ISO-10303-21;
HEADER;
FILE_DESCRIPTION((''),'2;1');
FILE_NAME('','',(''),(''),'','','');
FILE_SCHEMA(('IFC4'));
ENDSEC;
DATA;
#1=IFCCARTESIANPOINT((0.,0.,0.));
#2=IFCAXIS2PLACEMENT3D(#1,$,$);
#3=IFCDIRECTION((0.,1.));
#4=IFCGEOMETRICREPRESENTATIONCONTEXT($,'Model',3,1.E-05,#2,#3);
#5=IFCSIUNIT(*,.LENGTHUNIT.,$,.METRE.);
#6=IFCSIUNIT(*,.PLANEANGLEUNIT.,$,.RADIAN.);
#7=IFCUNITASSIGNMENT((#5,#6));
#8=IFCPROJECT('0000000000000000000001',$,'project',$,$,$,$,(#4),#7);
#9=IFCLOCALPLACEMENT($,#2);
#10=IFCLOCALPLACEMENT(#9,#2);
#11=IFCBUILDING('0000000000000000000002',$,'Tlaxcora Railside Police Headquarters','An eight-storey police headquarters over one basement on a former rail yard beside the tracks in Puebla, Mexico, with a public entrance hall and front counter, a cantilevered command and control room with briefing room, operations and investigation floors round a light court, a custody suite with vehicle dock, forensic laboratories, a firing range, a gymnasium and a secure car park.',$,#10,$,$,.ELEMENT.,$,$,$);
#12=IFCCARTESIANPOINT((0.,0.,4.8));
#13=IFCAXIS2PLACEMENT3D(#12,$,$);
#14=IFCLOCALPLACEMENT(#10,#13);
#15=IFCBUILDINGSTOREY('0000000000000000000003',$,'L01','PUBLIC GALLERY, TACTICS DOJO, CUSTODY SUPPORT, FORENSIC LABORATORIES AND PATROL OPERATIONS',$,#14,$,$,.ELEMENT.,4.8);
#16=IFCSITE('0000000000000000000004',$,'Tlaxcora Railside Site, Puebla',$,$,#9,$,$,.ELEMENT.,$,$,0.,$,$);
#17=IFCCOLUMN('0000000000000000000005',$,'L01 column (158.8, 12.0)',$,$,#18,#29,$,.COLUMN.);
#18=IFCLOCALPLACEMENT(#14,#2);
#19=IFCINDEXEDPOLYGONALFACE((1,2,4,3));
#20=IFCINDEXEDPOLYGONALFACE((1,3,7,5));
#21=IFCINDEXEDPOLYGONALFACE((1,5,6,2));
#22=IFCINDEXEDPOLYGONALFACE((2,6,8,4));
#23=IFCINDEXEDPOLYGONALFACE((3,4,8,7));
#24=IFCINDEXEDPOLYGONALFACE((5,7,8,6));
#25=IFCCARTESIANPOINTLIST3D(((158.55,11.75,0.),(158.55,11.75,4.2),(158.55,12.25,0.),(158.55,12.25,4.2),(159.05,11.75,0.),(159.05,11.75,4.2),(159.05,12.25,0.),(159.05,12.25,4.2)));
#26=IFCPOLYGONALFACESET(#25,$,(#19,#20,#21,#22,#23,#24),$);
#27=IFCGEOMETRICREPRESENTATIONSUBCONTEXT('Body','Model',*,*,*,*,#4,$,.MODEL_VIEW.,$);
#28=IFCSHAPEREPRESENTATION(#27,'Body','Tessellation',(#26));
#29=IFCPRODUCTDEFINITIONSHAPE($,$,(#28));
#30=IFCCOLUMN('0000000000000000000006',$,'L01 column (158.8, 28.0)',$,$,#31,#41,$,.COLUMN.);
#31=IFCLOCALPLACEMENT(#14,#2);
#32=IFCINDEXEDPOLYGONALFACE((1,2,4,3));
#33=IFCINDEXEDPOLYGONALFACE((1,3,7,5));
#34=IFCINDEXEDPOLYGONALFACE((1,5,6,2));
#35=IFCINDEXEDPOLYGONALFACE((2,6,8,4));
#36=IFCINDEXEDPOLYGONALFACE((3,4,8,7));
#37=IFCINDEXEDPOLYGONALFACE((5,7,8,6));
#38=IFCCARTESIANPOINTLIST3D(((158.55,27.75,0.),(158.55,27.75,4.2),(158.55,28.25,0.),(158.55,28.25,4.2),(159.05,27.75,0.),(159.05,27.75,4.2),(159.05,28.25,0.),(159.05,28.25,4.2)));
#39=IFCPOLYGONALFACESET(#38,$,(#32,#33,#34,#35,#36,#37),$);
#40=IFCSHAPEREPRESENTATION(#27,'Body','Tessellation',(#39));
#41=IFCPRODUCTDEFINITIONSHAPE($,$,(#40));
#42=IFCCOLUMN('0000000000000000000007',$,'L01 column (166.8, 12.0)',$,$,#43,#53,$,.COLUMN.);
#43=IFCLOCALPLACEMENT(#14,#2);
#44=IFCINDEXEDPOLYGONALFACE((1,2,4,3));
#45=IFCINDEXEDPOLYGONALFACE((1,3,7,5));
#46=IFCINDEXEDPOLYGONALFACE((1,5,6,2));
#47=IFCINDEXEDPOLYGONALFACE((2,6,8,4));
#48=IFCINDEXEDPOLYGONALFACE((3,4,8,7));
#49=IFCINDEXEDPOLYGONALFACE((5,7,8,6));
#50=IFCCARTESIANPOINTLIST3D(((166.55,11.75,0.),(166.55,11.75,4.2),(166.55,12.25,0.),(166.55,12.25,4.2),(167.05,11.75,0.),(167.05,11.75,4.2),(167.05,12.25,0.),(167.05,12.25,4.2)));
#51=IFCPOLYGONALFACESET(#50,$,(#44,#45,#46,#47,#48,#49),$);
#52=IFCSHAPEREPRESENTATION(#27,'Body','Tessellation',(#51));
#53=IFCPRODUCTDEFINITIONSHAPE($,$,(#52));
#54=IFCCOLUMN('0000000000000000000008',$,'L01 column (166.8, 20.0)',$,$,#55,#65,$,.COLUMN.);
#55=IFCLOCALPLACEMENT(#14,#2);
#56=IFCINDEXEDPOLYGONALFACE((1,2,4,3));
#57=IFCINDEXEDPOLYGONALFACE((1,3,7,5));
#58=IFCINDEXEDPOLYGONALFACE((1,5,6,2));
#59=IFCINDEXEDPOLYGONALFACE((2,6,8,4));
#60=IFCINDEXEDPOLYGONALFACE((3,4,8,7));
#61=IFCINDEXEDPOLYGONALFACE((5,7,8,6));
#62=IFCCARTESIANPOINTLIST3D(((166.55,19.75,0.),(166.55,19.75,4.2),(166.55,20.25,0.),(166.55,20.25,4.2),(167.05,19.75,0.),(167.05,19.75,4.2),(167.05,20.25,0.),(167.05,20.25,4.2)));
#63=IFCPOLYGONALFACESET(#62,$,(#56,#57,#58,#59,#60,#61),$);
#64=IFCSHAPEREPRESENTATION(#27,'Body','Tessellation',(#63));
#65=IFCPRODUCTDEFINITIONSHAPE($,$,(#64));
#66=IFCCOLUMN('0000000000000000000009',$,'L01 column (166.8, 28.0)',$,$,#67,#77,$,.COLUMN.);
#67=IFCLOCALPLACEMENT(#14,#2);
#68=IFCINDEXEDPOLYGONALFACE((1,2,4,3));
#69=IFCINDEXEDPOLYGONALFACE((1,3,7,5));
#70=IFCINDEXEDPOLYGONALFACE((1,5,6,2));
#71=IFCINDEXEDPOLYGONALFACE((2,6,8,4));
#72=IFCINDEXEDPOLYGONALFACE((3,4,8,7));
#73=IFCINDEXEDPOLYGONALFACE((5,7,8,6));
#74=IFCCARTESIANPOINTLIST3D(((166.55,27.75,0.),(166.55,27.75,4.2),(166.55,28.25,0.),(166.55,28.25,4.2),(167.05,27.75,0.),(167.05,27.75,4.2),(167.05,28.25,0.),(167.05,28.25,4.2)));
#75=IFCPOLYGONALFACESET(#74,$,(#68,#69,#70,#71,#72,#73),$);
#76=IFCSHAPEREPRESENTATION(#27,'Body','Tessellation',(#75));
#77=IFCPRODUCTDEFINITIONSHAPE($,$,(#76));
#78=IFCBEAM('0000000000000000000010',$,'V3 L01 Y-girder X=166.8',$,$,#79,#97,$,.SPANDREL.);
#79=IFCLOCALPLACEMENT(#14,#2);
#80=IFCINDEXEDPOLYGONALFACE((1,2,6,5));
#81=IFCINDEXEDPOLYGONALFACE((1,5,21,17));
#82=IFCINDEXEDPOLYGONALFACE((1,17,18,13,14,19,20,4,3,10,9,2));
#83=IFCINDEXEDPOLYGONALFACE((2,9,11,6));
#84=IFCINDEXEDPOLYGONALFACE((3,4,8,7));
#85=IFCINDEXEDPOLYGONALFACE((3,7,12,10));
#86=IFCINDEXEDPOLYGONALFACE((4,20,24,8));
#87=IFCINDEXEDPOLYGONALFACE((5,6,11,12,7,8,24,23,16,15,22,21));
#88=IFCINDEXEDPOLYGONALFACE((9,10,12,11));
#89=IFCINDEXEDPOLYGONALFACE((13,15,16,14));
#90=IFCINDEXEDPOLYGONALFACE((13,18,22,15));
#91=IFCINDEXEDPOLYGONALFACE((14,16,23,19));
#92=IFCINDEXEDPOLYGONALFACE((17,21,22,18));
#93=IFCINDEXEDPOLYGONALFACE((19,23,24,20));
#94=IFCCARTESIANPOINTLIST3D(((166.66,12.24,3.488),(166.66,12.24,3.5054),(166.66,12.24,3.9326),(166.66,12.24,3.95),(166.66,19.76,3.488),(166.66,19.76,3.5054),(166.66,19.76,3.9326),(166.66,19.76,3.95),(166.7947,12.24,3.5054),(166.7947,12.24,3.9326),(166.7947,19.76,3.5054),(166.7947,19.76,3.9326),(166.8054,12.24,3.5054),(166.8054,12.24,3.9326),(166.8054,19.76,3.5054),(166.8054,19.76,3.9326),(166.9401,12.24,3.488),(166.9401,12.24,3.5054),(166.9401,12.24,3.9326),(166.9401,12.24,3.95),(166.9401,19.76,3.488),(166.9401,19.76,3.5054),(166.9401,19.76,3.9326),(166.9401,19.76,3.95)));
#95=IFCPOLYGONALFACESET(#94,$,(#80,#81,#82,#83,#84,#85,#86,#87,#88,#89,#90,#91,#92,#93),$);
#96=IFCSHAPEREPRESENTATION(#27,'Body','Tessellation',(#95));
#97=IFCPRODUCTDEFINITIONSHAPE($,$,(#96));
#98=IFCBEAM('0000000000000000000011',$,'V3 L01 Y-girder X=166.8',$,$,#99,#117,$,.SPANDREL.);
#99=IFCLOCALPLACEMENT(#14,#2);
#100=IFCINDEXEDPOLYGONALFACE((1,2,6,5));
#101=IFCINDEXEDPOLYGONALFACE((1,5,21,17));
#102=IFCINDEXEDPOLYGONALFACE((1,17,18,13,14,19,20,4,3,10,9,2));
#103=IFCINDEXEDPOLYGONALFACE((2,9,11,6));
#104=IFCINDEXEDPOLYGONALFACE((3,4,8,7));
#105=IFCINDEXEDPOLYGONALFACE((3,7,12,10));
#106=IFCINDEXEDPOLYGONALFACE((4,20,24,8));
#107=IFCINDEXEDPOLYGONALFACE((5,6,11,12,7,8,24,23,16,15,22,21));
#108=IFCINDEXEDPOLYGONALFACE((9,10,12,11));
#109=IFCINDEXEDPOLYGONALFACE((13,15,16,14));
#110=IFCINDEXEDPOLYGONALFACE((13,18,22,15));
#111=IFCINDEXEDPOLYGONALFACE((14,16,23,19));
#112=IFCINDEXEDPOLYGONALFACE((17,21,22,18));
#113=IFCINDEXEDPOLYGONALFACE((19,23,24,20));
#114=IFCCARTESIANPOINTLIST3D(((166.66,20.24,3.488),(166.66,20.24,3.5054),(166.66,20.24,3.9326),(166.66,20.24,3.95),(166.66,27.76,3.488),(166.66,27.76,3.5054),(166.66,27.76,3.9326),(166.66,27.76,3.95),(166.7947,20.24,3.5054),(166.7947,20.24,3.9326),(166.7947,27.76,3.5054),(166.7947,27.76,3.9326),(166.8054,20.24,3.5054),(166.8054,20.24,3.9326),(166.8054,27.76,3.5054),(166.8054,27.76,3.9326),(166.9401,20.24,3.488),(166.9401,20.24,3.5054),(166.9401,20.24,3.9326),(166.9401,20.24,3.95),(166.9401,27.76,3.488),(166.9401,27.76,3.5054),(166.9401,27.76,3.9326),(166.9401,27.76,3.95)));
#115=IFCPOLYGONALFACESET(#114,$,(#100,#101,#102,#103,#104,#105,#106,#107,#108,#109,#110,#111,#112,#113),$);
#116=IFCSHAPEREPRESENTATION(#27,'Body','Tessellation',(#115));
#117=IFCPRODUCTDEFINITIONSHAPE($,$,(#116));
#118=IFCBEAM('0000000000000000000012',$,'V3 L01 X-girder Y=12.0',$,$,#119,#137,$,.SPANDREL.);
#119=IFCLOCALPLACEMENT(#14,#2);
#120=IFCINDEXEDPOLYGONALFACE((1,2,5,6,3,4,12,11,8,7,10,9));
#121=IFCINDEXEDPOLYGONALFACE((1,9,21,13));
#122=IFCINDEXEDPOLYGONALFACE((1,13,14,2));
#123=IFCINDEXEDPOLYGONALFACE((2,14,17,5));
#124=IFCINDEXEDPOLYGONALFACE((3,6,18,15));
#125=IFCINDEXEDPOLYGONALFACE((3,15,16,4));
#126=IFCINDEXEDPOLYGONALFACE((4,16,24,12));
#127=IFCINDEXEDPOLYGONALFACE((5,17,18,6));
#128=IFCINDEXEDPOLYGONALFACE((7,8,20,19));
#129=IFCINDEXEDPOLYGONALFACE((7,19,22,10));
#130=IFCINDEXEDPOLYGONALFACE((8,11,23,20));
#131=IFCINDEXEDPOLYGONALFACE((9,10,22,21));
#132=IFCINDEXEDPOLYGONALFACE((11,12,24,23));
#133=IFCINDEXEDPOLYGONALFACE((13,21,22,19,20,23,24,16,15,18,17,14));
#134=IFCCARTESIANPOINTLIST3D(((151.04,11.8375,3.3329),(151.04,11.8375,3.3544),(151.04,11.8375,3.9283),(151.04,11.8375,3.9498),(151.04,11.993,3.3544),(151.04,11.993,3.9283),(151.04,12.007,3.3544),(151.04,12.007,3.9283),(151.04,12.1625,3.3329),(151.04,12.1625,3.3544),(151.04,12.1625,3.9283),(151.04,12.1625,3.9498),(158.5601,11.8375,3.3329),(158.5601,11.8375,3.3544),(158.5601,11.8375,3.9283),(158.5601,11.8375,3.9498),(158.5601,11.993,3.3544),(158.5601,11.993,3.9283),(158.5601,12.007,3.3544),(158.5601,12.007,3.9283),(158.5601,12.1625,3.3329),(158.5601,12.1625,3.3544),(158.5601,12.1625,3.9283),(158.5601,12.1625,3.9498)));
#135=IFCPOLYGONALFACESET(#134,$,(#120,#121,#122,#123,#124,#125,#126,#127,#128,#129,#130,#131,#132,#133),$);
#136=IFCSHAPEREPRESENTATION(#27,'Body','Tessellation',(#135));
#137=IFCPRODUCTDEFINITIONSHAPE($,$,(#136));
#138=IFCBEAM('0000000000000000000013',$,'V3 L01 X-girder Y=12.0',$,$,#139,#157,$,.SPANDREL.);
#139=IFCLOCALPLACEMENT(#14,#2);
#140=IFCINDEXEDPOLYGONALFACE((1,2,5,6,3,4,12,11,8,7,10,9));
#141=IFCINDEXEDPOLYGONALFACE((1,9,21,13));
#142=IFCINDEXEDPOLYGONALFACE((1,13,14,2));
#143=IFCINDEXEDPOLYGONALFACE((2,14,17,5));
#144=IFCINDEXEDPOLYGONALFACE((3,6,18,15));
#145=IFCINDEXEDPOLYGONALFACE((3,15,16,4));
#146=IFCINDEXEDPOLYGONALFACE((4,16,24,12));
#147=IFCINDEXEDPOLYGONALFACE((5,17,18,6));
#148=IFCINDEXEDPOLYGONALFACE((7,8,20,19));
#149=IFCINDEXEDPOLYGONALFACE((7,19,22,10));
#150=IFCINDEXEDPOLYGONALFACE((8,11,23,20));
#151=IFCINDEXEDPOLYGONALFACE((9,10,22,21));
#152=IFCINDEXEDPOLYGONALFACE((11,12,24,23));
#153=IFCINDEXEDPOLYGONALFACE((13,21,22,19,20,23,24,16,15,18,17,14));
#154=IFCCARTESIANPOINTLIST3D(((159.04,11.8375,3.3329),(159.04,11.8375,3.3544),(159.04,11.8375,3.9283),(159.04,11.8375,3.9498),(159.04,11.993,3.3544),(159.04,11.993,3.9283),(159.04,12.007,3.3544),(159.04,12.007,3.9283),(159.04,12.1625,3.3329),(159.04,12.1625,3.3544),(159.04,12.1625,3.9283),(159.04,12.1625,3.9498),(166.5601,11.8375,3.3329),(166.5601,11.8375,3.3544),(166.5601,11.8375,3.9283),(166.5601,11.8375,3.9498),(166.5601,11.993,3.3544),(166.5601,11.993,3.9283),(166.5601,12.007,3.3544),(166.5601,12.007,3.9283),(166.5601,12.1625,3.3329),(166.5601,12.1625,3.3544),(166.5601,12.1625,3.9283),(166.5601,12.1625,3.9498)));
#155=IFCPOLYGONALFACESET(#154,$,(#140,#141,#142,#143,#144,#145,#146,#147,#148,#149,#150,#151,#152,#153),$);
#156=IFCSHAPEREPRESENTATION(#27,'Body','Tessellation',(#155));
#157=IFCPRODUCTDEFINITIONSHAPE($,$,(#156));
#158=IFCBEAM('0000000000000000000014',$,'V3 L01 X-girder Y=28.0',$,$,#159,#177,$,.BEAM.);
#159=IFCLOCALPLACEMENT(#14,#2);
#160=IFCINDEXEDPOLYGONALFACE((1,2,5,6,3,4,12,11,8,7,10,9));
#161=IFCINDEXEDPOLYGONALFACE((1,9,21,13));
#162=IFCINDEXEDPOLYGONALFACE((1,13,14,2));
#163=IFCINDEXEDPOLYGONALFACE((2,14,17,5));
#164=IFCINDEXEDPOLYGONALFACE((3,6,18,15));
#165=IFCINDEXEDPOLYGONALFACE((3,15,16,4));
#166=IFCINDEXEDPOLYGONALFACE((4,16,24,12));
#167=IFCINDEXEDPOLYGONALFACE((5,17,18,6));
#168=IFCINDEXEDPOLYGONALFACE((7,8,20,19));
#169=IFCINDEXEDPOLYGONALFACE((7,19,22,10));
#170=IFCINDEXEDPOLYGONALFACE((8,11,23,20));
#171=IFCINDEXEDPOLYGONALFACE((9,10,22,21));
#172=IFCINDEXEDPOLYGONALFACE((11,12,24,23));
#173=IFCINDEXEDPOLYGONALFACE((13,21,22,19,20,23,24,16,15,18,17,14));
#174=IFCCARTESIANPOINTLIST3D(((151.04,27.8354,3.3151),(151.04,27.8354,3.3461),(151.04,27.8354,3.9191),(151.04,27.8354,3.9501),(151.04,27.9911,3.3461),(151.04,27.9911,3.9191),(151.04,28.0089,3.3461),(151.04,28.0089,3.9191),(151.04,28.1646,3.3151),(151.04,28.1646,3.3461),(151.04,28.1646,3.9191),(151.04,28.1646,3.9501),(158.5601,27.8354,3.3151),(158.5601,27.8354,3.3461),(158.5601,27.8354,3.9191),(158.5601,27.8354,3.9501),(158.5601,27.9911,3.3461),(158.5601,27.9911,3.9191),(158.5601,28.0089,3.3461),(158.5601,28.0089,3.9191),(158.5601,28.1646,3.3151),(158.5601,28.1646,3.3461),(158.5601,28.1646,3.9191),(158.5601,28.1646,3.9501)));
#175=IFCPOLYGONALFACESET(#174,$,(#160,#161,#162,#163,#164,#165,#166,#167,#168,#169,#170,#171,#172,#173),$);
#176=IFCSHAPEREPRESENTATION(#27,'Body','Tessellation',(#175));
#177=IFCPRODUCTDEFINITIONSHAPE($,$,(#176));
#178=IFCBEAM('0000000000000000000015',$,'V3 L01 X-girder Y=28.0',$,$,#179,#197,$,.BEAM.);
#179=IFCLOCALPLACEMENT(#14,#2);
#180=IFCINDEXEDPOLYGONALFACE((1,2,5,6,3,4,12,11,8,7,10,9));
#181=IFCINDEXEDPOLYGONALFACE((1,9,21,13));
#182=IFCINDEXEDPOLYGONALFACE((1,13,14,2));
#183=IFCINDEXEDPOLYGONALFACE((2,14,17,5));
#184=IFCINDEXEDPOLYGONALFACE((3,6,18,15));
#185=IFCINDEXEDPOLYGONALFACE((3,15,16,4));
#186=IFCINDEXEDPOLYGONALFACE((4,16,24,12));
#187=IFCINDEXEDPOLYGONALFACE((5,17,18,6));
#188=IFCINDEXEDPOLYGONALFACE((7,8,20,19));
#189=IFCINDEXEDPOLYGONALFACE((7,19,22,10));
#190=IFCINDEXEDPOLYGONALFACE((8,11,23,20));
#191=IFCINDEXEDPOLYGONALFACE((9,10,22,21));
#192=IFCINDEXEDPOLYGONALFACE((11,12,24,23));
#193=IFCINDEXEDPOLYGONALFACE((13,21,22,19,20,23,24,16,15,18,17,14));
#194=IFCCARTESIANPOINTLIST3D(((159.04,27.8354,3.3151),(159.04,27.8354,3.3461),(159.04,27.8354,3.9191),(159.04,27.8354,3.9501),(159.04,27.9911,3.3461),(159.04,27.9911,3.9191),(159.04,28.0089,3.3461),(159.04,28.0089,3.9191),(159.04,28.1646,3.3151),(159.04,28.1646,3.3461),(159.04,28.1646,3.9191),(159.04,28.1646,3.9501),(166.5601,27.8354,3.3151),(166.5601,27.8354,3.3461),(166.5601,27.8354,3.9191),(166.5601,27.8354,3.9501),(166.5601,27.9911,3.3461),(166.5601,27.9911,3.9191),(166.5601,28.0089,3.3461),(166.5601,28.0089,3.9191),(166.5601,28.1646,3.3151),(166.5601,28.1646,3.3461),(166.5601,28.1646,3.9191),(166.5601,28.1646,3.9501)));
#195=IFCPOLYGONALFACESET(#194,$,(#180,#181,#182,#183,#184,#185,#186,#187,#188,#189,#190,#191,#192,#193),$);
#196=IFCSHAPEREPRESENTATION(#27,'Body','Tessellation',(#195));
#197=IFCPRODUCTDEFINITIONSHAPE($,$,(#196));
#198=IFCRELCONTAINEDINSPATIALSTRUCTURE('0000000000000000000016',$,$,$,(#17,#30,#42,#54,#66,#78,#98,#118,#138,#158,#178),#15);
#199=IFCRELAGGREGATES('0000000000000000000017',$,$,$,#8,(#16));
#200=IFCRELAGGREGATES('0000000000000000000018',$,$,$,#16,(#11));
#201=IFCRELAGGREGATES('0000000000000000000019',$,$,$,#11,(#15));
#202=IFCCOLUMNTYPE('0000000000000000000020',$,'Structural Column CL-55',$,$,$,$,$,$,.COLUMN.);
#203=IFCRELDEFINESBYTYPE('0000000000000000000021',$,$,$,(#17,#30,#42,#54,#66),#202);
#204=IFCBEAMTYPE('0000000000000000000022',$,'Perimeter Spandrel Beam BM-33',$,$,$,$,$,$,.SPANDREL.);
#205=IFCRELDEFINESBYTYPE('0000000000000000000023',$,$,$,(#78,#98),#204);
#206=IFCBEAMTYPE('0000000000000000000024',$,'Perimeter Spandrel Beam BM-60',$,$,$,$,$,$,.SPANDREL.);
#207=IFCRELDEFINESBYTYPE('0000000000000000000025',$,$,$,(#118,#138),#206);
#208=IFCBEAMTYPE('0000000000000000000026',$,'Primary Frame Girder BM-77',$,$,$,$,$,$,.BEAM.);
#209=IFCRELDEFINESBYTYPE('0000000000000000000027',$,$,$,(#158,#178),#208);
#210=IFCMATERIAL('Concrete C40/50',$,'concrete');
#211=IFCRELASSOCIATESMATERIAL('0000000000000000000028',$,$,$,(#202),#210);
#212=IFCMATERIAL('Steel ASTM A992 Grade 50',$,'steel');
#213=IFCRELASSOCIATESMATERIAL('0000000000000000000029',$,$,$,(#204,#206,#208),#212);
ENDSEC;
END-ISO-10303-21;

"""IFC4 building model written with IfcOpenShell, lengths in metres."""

from ifc_helpers import new_model, si_unit, direction, frame, origin, origin_2d, place, context, subcontext, project, spatial, rectangle, i_section, extrude, material, material_profile, profile_set, type_object, element, save


model = new_model("IFC4")

# Units and contexts
model_context = context("Model", 3, precision=1e-05, world=origin(), true_north=direction((0.0, 1.0)))
body_context = subcontext(model_context, "Body", "Model", "MODEL_VIEW")
ifc_project = project(units=[si_unit("LENGTHUNIT", "METRE"), si_unit("PLANEANGLEUNIT", "RADIAN")], contexts=[model_context])

# Site, building, storey
site_placement = place(None, origin())
site = spatial("IfcSite", under=ifc_project, at=site_placement, Name="Tlaxcora Railside Site, Puebla", CompositionType="ELEMENT", RefElevation=0.0)
building_placement = place(site_placement, origin())
building = spatial("IfcBuilding", under=site, at=building_placement, Name="Tlaxcora Railside Police Headquarters", Description="An eight-storey police headquarters over one basement on a former rail yard beside the tracks in Puebla, Mexico, with a public entrance hall and front counter, a cantilevered command and control room with briefing room, operations and investigation floors round a light court, a custody suite with vehicle dock, forensic laboratories, a firing range, a gymnasium and a secure car park.", CompositionType="ELEMENT")
storey_placement = place(building_placement, frame((0.0, 0.0, 4.8)))
storey = spatial("IfcBuildingStorey", under=building, at=storey_placement, Name="L01", Description="PUBLIC GALLERY, TACTICS DOJO, CUSTODY SUPPORT, FORENSIC LABORATORIES AND PATROL OPERATIONS", CompositionType="ELEMENT", Elevation=4.8)

# Columns
ifc_material_1 = material(Name="Concrete C40/50", Category="concrete")
ifc_material_profile_1 = material_profile(ifc_material_1, rectangle(XDim=0.5, YDim=0.5, at=origin_2d()), Name="RC500X500")
ifc_profile_set_1 = profile_set([ifc_material_profile_1], Name="Concrete C40/50")
column_type = type_object("IfcColumnType", Name="Structural Column CL-55", PredefinedType="COLUMN", material=ifc_profile_set_1)
for number, where, z_axis, x_axis, name in (
    (1, (158.8, 12.0, 0.0), (0.0, 0.0, 1.0), (1.0, 0.0, 0.0), "L01 column (158.8, 12.0)"),
    (2, (158.8, 28.0, 0.0), (0.0, 0.0, 1.0), (1.0, 0.0, 0.0), "L01 column (158.8, 28.0)"),
    (3, (166.8, 12.0, 0.0), (0.0, 0.0, 1.0), (1.0, 0.0, 0.0), "L01 column (166.8, 12.0)"),
    (4, (166.8, 20.0, 0.0), (0.0, 0.0, 1.0), (1.0, 0.0, 0.0), "L01 column (166.8, 20.0)"),
    (5, (166.8, 28.0, 0.0), (0.0, 0.0, 1.0), (1.0, 0.0, 0.0), "L01 column (166.8, 28.0)"),
):
    element("IfcColumn", number, at=place(storey_placement, frame(where, z_axis=z_axis, x_axis=x_axis)), inside=storey, type_object=column_type, Name=name, PredefinedType="COLUMN", context=body_context, shape_type="SweptSolid", body=[
        extrude(rectangle(XDim=0.5, YDim=0.5, at=origin_2d()), origin(), (0.0, 0.0, 1.0), 4.2),
    ])

# Beams
ifc_material_2 = material(Name="Steel ASTM A992 Grade 50", Category="steel")
ifc_material_profile_2 = material_profile(ifc_material_2, i_section(OverallWidth=0.28, OverallDepth=0.4619, WebThickness=0.0107, FlangeThickness=0.0173, at=origin_2d()), Name="W18X76")
ifc_profile_set_2 = profile_set([ifc_material_profile_2], Name="Steel ASTM A992 Grade 50")
beam_type_1 = type_object("IfcBeamType", Name="Perimeter Spandrel Beam BM-33", PredefinedType="SPANDREL", material=ifc_profile_set_2)
for number, where, z_axis, x_axis, name in (
    (6, (166.8, 12.24, 3.719), (0.0, 1.0, 0.0), (-1.0, 0.0, 0.0), "V3 L01 Y-girder X=166.8"),
    (7, (166.8, 20.24, 3.719), (0.0, 1.0, 0.0), (-1.0, 0.0, 0.0), "V3 L01 Y-girder X=166.8"),
):
    element("IfcBeam", number, at=place(storey_placement, frame(where, z_axis=z_axis, x_axis=x_axis)), inside=storey, type_object=beam_type_1, Name=name, PredefinedType="SPANDREL", context=body_context, shape_type="SweptSolid", body=[
        extrude(i_section(OverallWidth=0.28, OverallDepth=0.4619, WebThickness=0.0107, FlangeThickness=0.0173, at=origin_2d()), origin(), (0.0, 0.0, 1.0), 7.52),
    ])
ifc_material_profile_3 = material_profile(ifc_material_2, i_section(OverallWidth=0.325, OverallDepth=0.6169, WebThickness=0.0139, FlangeThickness=0.0215, at=origin_2d()), Name="W24X117")
ifc_profile_set_3 = profile_set([ifc_material_profile_3], Name="Steel ASTM A992 Grade 50")
beam_type_2 = type_object("IfcBeamType", Name="Perimeter Spandrel Beam BM-60", PredefinedType="SPANDREL", material=ifc_profile_set_3)
for number, where, z_axis, x_axis, name in (
    (8, (151.04, 12.0, 3.6414), (1.0, 0.0, 0.0), (0.0, 1.0, 0.0), "V3 L01 X-girder Y=12.0"),
    (9, (159.04, 12.0, 3.6414), (1.0, 0.0, 0.0), (0.0, 1.0, 0.0), "V3 L01 X-girder Y=12.0"),
):
    element("IfcBeam", number, at=place(storey_placement, frame(where, z_axis=z_axis, x_axis=x_axis)), inside=storey, type_object=beam_type_2, Name=name, PredefinedType="SPANDREL", context=body_context, shape_type="SweptSolid", body=[
        extrude(i_section(OverallWidth=0.325, OverallDepth=0.6169, WebThickness=0.0139, FlangeThickness=0.0215, at=origin_2d()), origin(), (0.0, 0.0, 1.0), 7.52),
    ])
ifc_material_profile_4 = material_profile(ifc_material_2, i_section(OverallWidth=0.3291, OverallDepth=0.635, WebThickness=0.0178, FlangeThickness=0.031, at=origin_2d()), Name="W24X162")
ifc_profile_set_4 = profile_set([ifc_material_profile_4], Name="Steel ASTM A992 Grade 50")
beam_type_3 = type_object("IfcBeamType", Name="Primary Frame Girder BM-77", PredefinedType="BEAM", material=ifc_profile_set_4)
for number, where, z_axis, x_axis, name in (
    (10, (151.04, 28.0, 3.6326), (1.0, 0.0, 0.0), (0.0, 1.0, 0.0), "V3 L01 X-girder Y=28.0"),
    (11, (159.04, 28.0, 3.6326), (1.0, 0.0, 0.0), (0.0, 1.0, 0.0), "V3 L01 X-girder Y=28.0"),
):
    element("IfcBeam", number, at=place(storey_placement, frame(where, z_axis=z_axis, x_axis=x_axis)), inside=storey, type_object=beam_type_3, Name=name, PredefinedType="BEAM", context=body_context, shape_type="SweptSolid", body=[
        extrude(i_section(OverallWidth=0.3291, OverallDepth=0.635, WebThickness=0.0178, FlangeThickness=0.031, at=origin_2d()), origin(), (0.0, 0.0, 1.0), 7.52),
    ])

save(model, "model.ifc")
